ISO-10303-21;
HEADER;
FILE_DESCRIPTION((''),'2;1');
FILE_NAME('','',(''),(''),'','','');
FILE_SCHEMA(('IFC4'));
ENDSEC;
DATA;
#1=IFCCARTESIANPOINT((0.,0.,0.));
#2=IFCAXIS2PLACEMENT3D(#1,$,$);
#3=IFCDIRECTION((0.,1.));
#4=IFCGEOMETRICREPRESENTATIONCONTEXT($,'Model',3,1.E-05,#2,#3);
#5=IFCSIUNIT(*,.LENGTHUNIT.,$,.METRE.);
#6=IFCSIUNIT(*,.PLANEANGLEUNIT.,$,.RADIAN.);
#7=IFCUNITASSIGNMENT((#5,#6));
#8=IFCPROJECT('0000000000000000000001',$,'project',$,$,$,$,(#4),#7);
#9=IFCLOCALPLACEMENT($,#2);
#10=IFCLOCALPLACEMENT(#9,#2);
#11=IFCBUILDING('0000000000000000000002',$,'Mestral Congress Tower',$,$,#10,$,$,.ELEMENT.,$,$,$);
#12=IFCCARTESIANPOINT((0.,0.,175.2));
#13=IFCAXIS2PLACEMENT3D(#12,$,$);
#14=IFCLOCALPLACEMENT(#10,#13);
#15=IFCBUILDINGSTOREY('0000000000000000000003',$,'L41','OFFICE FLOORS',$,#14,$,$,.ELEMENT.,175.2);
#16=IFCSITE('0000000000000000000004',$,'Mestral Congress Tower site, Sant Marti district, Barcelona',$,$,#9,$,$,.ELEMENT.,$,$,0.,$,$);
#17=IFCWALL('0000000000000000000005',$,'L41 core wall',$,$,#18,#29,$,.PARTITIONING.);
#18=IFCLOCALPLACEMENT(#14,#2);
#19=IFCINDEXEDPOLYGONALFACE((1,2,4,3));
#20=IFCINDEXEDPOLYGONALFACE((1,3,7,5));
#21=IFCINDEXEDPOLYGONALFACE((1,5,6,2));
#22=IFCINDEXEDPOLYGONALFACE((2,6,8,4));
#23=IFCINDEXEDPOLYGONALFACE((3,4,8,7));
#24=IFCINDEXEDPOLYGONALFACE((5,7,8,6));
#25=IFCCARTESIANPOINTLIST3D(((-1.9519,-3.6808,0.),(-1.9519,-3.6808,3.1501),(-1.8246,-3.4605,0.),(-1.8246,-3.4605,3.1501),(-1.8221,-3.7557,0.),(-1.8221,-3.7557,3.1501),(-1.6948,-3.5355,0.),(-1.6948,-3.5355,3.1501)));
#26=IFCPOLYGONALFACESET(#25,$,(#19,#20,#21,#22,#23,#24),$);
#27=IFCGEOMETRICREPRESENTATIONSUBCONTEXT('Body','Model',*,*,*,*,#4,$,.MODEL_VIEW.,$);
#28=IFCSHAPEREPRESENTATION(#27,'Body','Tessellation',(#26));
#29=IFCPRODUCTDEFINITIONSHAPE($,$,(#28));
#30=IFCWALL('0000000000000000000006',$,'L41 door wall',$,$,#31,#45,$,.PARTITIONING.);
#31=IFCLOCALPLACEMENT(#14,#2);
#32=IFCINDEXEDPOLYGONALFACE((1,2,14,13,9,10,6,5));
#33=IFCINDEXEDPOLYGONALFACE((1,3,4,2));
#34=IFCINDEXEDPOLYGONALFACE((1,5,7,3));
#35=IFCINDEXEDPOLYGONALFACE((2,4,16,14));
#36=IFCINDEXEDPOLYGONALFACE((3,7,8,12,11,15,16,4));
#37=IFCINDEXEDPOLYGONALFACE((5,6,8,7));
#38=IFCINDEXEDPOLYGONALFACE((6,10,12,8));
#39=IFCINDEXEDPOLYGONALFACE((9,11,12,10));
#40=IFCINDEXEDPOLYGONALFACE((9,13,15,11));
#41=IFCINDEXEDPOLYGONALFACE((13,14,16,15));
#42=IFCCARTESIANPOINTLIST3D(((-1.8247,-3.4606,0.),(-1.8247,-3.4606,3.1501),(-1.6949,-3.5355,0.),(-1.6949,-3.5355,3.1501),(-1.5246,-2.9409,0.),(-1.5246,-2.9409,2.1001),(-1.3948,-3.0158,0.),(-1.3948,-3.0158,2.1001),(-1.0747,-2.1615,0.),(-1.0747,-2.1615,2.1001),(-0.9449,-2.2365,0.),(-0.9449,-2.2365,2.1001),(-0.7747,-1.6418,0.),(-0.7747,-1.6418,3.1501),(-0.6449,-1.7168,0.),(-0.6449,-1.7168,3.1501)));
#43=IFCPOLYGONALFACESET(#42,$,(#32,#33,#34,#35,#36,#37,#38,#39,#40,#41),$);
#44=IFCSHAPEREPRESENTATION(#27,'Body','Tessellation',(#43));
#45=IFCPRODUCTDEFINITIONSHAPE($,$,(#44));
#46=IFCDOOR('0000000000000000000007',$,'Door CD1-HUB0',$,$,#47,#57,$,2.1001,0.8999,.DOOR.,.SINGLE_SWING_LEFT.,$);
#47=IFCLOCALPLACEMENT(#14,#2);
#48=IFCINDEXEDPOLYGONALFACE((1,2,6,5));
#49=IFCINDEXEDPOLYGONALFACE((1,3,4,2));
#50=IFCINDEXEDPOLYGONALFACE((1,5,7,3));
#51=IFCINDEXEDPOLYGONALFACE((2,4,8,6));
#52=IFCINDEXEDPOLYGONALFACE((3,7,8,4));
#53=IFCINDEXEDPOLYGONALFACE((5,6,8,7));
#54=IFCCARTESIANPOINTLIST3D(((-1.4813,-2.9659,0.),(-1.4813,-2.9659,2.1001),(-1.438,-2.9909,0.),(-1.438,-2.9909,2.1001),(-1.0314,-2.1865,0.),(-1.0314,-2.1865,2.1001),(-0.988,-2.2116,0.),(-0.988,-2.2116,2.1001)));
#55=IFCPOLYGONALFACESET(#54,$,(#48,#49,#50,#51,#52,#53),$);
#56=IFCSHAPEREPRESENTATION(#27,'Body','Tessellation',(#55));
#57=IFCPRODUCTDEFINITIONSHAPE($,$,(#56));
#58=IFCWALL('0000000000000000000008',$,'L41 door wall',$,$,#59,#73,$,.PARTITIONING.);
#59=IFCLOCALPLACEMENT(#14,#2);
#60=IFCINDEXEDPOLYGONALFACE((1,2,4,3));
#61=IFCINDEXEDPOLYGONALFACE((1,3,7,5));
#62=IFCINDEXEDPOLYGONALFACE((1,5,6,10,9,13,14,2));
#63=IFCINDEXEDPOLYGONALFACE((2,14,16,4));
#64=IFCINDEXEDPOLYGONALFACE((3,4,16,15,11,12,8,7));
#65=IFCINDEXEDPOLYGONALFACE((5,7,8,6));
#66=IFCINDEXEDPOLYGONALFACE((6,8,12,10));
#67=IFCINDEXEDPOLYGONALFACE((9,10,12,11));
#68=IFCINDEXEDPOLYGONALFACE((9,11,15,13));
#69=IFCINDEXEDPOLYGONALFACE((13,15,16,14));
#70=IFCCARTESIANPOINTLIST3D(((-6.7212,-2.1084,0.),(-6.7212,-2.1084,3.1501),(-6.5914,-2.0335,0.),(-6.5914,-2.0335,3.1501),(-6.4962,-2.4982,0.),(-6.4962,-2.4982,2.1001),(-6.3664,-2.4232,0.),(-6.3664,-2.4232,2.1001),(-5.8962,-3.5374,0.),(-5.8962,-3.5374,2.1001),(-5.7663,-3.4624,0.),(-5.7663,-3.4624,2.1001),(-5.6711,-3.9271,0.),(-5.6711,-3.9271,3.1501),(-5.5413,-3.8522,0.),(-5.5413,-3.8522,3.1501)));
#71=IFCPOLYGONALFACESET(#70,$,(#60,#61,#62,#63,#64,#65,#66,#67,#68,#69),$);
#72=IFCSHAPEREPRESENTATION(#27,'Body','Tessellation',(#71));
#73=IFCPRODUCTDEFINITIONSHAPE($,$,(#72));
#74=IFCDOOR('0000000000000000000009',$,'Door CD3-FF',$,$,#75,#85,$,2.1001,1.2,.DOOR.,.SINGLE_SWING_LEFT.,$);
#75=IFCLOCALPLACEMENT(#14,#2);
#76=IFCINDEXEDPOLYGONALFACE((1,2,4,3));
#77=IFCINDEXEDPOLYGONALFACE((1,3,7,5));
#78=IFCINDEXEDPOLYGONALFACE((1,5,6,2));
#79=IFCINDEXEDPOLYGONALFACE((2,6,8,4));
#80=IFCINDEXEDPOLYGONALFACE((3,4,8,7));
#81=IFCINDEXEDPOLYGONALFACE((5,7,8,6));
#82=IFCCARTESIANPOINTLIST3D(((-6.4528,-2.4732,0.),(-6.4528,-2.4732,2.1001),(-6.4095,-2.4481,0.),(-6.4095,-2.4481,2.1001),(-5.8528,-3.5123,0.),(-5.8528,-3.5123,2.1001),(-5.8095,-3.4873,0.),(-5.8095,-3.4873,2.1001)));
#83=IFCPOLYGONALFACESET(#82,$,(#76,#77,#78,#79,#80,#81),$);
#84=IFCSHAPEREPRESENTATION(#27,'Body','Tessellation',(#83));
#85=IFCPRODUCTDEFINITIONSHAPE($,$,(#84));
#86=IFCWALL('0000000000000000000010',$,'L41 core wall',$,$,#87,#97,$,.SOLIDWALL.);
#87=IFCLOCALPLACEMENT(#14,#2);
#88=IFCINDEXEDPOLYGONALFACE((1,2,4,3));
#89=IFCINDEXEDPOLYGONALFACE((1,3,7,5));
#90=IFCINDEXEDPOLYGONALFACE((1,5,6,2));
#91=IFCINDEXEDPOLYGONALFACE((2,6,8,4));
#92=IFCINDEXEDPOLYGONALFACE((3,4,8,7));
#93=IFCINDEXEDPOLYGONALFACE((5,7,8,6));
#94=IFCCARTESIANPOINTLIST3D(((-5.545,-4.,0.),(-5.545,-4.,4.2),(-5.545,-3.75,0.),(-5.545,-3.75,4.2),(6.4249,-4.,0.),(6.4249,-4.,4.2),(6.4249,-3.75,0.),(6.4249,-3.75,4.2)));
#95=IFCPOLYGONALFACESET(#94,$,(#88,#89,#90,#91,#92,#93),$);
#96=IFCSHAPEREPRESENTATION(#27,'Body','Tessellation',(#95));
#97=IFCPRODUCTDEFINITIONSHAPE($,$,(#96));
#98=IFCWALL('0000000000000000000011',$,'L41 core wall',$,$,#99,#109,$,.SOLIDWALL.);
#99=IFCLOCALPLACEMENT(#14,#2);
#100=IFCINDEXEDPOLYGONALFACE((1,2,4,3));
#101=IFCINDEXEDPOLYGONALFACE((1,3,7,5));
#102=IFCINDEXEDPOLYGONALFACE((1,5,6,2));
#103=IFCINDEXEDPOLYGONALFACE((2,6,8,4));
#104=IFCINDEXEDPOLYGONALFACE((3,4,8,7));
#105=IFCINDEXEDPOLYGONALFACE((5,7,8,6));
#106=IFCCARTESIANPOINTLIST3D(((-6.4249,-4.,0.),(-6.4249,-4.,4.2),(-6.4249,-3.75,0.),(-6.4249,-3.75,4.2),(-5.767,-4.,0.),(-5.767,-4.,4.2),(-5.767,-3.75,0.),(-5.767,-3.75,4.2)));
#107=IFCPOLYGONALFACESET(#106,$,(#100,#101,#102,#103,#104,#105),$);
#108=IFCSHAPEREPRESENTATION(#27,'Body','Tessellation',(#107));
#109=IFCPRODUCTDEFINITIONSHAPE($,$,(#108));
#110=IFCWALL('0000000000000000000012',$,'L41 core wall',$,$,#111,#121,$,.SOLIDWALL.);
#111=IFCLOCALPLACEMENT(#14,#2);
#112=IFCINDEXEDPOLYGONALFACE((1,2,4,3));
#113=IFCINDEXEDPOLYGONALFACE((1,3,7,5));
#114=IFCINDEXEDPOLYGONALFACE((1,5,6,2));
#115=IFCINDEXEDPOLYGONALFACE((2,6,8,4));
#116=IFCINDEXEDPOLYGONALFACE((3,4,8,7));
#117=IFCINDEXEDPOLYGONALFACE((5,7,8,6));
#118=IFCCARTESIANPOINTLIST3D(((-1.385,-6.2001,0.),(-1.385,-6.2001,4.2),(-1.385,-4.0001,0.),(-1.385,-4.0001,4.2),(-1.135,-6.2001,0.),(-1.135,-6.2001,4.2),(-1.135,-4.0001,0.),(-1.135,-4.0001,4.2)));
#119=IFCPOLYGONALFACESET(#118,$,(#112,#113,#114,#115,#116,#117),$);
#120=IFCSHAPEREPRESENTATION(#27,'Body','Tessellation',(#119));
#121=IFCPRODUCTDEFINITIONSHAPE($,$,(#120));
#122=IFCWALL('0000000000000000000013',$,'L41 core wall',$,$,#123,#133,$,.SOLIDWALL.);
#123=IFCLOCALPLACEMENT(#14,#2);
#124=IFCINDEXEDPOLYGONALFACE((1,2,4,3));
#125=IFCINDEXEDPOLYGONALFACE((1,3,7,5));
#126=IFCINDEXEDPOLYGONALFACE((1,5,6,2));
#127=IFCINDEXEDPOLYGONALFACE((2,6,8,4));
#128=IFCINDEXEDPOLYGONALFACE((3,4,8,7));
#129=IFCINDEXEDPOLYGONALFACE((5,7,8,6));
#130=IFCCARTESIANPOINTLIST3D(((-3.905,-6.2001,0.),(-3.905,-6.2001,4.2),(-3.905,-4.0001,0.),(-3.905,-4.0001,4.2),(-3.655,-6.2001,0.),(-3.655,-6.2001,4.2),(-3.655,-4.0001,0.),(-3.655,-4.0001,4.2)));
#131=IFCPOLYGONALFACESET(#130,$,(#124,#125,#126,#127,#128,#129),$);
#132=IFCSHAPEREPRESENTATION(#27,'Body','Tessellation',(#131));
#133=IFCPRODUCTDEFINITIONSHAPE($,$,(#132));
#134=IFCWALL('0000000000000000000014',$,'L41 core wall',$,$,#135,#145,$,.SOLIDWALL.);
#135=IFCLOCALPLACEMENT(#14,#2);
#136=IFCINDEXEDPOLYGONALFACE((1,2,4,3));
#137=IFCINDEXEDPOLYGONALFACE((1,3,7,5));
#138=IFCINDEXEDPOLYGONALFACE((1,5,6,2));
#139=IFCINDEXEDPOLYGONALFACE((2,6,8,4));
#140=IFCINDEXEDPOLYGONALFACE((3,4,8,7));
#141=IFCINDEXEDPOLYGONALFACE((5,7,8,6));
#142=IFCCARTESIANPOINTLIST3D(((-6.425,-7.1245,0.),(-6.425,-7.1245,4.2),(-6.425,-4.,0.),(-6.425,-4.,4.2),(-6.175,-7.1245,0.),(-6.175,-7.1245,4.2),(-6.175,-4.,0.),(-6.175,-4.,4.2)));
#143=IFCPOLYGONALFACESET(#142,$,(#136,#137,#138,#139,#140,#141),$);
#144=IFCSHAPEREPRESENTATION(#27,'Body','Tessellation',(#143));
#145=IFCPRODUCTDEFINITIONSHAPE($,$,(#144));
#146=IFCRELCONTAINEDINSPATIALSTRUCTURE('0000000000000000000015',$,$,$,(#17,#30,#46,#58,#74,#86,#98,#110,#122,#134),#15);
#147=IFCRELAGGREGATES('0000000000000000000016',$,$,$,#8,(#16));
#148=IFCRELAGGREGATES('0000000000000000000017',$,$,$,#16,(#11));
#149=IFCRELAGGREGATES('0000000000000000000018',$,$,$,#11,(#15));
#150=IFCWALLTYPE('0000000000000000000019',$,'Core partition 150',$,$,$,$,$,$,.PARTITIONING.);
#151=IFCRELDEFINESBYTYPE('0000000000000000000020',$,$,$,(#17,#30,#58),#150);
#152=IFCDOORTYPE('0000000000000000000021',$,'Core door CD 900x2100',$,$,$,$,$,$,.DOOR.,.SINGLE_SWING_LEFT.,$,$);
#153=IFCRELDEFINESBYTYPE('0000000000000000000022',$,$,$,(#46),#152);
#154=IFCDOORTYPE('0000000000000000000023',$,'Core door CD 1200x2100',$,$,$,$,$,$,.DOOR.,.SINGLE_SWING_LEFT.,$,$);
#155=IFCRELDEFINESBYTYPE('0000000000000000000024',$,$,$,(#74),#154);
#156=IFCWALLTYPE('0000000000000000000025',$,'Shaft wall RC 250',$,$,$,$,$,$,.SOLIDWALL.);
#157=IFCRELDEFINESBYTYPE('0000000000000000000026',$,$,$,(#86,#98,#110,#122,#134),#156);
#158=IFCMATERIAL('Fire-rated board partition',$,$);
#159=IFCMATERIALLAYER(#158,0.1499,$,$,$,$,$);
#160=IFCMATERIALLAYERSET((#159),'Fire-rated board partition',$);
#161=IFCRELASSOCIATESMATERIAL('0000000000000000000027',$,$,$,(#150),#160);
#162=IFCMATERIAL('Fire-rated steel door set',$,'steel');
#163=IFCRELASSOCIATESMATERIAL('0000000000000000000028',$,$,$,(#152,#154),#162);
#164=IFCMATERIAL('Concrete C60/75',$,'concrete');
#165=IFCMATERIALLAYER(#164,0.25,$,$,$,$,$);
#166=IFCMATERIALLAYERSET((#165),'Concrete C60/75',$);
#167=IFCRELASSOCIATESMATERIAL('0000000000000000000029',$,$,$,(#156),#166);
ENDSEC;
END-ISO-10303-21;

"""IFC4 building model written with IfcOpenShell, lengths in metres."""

from ifc_helpers import new_model, si_unit, direction, frame, frame_2d, origin, place, context, subcontext, project, spatial, rectangle, extrude, material, layer, layer_set, type_object, element, fill, save


model = new_model("IFC4")

# Units and contexts
model_context = context("Model", 3, precision=1e-05, world=origin(), true_north=direction((0.0, 1.0)))
body_context = subcontext(model_context, "Body", "Model", "MODEL_VIEW")
ifc_project = project(units=[si_unit("LENGTHUNIT", "METRE"), si_unit("PLANEANGLEUNIT", "RADIAN")], contexts=[model_context])

# Site, building, storey
site_placement = place(None, origin())
site = spatial("IfcSite", under=ifc_project, at=site_placement, Name="Mestral Congress Tower site, Sant Marti district, Barcelona", CompositionType="ELEMENT", RefElevation=0.0)
building_placement = place(site_placement, origin())
building = spatial("IfcBuilding", under=site, at=building_placement, Name="Mestral Congress Tower", CompositionType="ELEMENT")
storey_placement = place(building_placement, frame((0.0, 0.0, 175.2)))
storey = spatial("IfcBuildingStorey", under=building, at=storey_placement, Name="L41", Description="OFFICE FLOORS", CompositionType="ELEMENT", Elevation=175.2)

# Wall
ifc_material_1 = material(Name="Fire-rated board partition")
ifc_layer_1 = layer(ifc_material_1, 0.1499)
ifc_layer_set_1 = layer_set([ifc_layer_1], Name="Fire-rated board partition")
wall_type_1 = type_object("IfcWallType", Name="Core partition 150", PredefinedType="PARTITIONING", material=ifc_layer_set_1)
wall_1_placement = place(storey_placement, frame((-1.887, -3.7183, 0.0), z_axis=(0.0, 0.0, 1.0), x_axis=(0.500166, 0.86593, 0.0)))
element("IfcWall", 1, at=wall_1_placement, inside=storey, type_object=wall_type_1, Name="L41 core wall", PredefinedType="PARTITIONING", context=body_context, shape_type="SweptSolid", body=[
    extrude(rectangle(XDim=0.2544, YDim=0.1499, at=frame_2d((0.1272, 0.0))), origin(), (0.0, 0.0, 1.0), 3.1501),
])

# Walls, openings, doors
wall_2_placement = place(storey_placement, frame((-1.7598, -3.498, 0.0), z_axis=(0.0, 0.0, 1.0), x_axis=(0.499977, 0.866038, 0.0)))
wall_2 = element("IfcWall", 2, at=wall_2_placement, inside=storey, type_object=wall_type_1, Name="L41 door wall", PredefinedType="PARTITIONING", context=body_context, shape_type="SweptSolid", body=[
    extrude(rectangle(XDim=2.1001, YDim=0.1499, at=frame_2d((1.05, 0.0))), origin(), (0.0, 0.0, 1.0), 3.1501),
])
opening_1_placement = place(wall_2_placement, frame((0.6001, 0.0, 0.0)))
opening_1 = element("IfcOpeningElement", 3, at=opening_1_placement, cuts=wall_2, PredefinedType="OPENING", context=body_context, shape_type="SweptSolid", body=[
    extrude(rectangle(XDim=0.8999, YDim=2.1001, at=frame_2d((0.45, 1.05))), frame((0.0, 0.085, 0.0), z_axis=(0.0, -1.0, 0.0), x_axis=(1.0, 0.0, 0.0)), (0.0, 0.0, 1.0), 0.1699),
])
ifc_material_2 = material(Name="Fire-rated steel door set", Category="steel")
door_type_1 = type_object("IfcDoorType", Name="Core door CD 900x2100", OperationType="SINGLE_SWING_LEFT", PredefinedType="DOOR", material=ifc_material_2)
door_1_placement = place(opening_1_placement, origin())
door_1 = element("IfcDoor", 4, at=door_1_placement, inside=storey, type_object=door_type_1, Name="Door CD1-HUB0", OperationType="SINGLE_SWING_LEFT", OverallHeight=2.1001, OverallWidth=0.8999, PredefinedType="DOOR", context=body_context, shape_type="SweptSolid", body=[
    extrude(rectangle(XDim=0.8999, YDim=2.1001, at=frame_2d((0.45, 1.05))), frame((0.0, 0.0249, 0.0), z_axis=(0.0, -1.0, 0.0), x_axis=(1.0, 0.0, 0.0)), (0.0, 0.0, 1.0), 0.05),
])
fill(opening_1, door_1)
wall_3_placement = place(storey_placement, frame((-5.6062, -3.8896, 0.0), z_axis=(0.0, 0.0, 1.0), x_axis=(-0.500028, 0.866009, 0.0)))
wall_3 = element("IfcWall", 5, at=wall_3_placement, inside=storey, type_object=wall_type_1, Name="L41 door wall", PredefinedType="PARTITIONING", context=body_context, shape_type="SweptSolid", body=[
    extrude(rectangle(XDim=2.1001, YDim=0.1499, at=frame_2d((1.05, 0.0))), origin(), (0.0, 0.0, 1.0), 3.1501),
])
opening_2_placement = place(wall_3_placement, frame((0.45, 0.0, 0.0)))
opening_2 = element("IfcOpeningElement", 6, at=opening_2_placement, cuts=wall_3, PredefinedType="OPENING", context=body_context, shape_type="SweptSolid", body=[
    extrude(rectangle(XDim=1.2, YDim=2.1001, at=frame_2d((0.6001, 1.05))), frame((0.0, 0.085, 0.0), z_axis=(0.0, -1.0, 0.0), x_axis=(1.0, 0.0, 0.0)), (0.0, 0.0, 1.0), 0.1699),
])
door_type_2 = type_object("IfcDoorType", Name="Core door CD 1200x2100", OperationType="SINGLE_SWING_LEFT", PredefinedType="DOOR", material=ifc_material_2)
door_2_placement = place(opening_2_placement, origin())
door_2 = element("IfcDoor", 7, at=door_2_placement, inside=storey, type_object=door_type_2, Name="Door CD3-FF", OperationType="SINGLE_SWING_LEFT", OverallHeight=2.1001, OverallWidth=1.2, PredefinedType="DOOR", context=body_context, shape_type="SweptSolid", body=[
    extrude(rectangle(XDim=1.2, YDim=2.1001, at=frame_2d((0.6001, 1.05))), frame((0.0, 0.0249, 0.0), z_axis=(0.0, -1.0, 0.0), x_axis=(1.0, 0.0, 0.0)), (0.0, 0.0, 1.0), 0.05),
])
fill(opening_2, door_2)

# Walls
ifc_material_3 = material(Name="Concrete C60/75", Category="concrete")
ifc_layer_2 = layer(ifc_material_3, 0.25)
ifc_layer_set_2 = layer_set([ifc_layer_2], Name="Concrete C60/75")
wall_type_2 = type_object("IfcWallType", Name="Shaft wall RC 250", PredefinedType="SOLIDWALL", material=ifc_layer_set_2)
wall_4_placement = place(storey_placement, frame((-5.5449, -3.875, 0.0), z_axis=(0.0, 0.0, 1.0), x_axis=(1.0, 0.0, 0.0)))
element("IfcWall", 8, at=wall_4_placement, inside=storey, type_object=wall_type_2, Name="L41 core wall", PredefinedType="SOLIDWALL", context=body_context, shape_type="SweptSolid", body=[
    extrude(rectangle(XDim=11.97, YDim=0.25, at=frame_2d((5.9849, 0.0))), origin(), (0.0, 0.0, 1.0), 4.2),
])
wall_5_placement = place(storey_placement, frame((-6.425, -3.875, 0.0), z_axis=(0.0, 0.0, 1.0), x_axis=(1.0, 0.0, 0.0)))
element("IfcWall", 9, at=wall_5_placement, inside=storey, type_object=wall_type_2, Name="L41 core wall", PredefinedType="SOLIDWALL", context=body_context, shape_type="SweptSolid", body=[
    extrude(rectangle(XDim=0.658, YDim=0.25, at=frame_2d((0.3291, 0.0))), origin(), (0.0, 0.0, 1.0), 4.2),
])
for number, where, z_axis, x_axis, name in (
    (10, (-1.26, -4.0, 0.0), (0.0, 0.0, 1.0), (0.0, -1.0, 0.0), "L41 core wall"),
    (11, (-3.78, -4.0, 0.0), (0.0, 0.0, 1.0), (0.0, -1.0, 0.0), "L41 core wall"),
):
    element("IfcWall", number, at=place(storey_placement, frame(where, z_axis=z_axis, x_axis=x_axis)), inside=storey, type_object=wall_type_2, Name=name, PredefinedType="SOLIDWALL", context=body_context, shape_type="SweptSolid", body=[
        extrude(rectangle(XDim=2.2, YDim=0.25, at=frame_2d((1.1001, 0.0))), origin(), (0.0, 0.0, 1.0), 4.2),
    ])
wall_6_placement = place(storey_placement, frame((-6.3, -7.1245, 0.0), z_axis=(0.0, 0.0, 1.0), x_axis=(0.0, 1.0, 0.0)))
element("IfcWall", 12, at=wall_6_placement, inside=storey, type_object=wall_type_2, Name="L41 core wall", PredefinedType="SOLIDWALL", context=body_context, shape_type="SweptSolid", body=[
    extrude(rectangle(XDim=3.1245, YDim=0.25, at=frame_2d((1.5623, 0.0))), origin(), (0.0, 0.0, 1.0), 4.2),
])

save(model, "model.ifc")
